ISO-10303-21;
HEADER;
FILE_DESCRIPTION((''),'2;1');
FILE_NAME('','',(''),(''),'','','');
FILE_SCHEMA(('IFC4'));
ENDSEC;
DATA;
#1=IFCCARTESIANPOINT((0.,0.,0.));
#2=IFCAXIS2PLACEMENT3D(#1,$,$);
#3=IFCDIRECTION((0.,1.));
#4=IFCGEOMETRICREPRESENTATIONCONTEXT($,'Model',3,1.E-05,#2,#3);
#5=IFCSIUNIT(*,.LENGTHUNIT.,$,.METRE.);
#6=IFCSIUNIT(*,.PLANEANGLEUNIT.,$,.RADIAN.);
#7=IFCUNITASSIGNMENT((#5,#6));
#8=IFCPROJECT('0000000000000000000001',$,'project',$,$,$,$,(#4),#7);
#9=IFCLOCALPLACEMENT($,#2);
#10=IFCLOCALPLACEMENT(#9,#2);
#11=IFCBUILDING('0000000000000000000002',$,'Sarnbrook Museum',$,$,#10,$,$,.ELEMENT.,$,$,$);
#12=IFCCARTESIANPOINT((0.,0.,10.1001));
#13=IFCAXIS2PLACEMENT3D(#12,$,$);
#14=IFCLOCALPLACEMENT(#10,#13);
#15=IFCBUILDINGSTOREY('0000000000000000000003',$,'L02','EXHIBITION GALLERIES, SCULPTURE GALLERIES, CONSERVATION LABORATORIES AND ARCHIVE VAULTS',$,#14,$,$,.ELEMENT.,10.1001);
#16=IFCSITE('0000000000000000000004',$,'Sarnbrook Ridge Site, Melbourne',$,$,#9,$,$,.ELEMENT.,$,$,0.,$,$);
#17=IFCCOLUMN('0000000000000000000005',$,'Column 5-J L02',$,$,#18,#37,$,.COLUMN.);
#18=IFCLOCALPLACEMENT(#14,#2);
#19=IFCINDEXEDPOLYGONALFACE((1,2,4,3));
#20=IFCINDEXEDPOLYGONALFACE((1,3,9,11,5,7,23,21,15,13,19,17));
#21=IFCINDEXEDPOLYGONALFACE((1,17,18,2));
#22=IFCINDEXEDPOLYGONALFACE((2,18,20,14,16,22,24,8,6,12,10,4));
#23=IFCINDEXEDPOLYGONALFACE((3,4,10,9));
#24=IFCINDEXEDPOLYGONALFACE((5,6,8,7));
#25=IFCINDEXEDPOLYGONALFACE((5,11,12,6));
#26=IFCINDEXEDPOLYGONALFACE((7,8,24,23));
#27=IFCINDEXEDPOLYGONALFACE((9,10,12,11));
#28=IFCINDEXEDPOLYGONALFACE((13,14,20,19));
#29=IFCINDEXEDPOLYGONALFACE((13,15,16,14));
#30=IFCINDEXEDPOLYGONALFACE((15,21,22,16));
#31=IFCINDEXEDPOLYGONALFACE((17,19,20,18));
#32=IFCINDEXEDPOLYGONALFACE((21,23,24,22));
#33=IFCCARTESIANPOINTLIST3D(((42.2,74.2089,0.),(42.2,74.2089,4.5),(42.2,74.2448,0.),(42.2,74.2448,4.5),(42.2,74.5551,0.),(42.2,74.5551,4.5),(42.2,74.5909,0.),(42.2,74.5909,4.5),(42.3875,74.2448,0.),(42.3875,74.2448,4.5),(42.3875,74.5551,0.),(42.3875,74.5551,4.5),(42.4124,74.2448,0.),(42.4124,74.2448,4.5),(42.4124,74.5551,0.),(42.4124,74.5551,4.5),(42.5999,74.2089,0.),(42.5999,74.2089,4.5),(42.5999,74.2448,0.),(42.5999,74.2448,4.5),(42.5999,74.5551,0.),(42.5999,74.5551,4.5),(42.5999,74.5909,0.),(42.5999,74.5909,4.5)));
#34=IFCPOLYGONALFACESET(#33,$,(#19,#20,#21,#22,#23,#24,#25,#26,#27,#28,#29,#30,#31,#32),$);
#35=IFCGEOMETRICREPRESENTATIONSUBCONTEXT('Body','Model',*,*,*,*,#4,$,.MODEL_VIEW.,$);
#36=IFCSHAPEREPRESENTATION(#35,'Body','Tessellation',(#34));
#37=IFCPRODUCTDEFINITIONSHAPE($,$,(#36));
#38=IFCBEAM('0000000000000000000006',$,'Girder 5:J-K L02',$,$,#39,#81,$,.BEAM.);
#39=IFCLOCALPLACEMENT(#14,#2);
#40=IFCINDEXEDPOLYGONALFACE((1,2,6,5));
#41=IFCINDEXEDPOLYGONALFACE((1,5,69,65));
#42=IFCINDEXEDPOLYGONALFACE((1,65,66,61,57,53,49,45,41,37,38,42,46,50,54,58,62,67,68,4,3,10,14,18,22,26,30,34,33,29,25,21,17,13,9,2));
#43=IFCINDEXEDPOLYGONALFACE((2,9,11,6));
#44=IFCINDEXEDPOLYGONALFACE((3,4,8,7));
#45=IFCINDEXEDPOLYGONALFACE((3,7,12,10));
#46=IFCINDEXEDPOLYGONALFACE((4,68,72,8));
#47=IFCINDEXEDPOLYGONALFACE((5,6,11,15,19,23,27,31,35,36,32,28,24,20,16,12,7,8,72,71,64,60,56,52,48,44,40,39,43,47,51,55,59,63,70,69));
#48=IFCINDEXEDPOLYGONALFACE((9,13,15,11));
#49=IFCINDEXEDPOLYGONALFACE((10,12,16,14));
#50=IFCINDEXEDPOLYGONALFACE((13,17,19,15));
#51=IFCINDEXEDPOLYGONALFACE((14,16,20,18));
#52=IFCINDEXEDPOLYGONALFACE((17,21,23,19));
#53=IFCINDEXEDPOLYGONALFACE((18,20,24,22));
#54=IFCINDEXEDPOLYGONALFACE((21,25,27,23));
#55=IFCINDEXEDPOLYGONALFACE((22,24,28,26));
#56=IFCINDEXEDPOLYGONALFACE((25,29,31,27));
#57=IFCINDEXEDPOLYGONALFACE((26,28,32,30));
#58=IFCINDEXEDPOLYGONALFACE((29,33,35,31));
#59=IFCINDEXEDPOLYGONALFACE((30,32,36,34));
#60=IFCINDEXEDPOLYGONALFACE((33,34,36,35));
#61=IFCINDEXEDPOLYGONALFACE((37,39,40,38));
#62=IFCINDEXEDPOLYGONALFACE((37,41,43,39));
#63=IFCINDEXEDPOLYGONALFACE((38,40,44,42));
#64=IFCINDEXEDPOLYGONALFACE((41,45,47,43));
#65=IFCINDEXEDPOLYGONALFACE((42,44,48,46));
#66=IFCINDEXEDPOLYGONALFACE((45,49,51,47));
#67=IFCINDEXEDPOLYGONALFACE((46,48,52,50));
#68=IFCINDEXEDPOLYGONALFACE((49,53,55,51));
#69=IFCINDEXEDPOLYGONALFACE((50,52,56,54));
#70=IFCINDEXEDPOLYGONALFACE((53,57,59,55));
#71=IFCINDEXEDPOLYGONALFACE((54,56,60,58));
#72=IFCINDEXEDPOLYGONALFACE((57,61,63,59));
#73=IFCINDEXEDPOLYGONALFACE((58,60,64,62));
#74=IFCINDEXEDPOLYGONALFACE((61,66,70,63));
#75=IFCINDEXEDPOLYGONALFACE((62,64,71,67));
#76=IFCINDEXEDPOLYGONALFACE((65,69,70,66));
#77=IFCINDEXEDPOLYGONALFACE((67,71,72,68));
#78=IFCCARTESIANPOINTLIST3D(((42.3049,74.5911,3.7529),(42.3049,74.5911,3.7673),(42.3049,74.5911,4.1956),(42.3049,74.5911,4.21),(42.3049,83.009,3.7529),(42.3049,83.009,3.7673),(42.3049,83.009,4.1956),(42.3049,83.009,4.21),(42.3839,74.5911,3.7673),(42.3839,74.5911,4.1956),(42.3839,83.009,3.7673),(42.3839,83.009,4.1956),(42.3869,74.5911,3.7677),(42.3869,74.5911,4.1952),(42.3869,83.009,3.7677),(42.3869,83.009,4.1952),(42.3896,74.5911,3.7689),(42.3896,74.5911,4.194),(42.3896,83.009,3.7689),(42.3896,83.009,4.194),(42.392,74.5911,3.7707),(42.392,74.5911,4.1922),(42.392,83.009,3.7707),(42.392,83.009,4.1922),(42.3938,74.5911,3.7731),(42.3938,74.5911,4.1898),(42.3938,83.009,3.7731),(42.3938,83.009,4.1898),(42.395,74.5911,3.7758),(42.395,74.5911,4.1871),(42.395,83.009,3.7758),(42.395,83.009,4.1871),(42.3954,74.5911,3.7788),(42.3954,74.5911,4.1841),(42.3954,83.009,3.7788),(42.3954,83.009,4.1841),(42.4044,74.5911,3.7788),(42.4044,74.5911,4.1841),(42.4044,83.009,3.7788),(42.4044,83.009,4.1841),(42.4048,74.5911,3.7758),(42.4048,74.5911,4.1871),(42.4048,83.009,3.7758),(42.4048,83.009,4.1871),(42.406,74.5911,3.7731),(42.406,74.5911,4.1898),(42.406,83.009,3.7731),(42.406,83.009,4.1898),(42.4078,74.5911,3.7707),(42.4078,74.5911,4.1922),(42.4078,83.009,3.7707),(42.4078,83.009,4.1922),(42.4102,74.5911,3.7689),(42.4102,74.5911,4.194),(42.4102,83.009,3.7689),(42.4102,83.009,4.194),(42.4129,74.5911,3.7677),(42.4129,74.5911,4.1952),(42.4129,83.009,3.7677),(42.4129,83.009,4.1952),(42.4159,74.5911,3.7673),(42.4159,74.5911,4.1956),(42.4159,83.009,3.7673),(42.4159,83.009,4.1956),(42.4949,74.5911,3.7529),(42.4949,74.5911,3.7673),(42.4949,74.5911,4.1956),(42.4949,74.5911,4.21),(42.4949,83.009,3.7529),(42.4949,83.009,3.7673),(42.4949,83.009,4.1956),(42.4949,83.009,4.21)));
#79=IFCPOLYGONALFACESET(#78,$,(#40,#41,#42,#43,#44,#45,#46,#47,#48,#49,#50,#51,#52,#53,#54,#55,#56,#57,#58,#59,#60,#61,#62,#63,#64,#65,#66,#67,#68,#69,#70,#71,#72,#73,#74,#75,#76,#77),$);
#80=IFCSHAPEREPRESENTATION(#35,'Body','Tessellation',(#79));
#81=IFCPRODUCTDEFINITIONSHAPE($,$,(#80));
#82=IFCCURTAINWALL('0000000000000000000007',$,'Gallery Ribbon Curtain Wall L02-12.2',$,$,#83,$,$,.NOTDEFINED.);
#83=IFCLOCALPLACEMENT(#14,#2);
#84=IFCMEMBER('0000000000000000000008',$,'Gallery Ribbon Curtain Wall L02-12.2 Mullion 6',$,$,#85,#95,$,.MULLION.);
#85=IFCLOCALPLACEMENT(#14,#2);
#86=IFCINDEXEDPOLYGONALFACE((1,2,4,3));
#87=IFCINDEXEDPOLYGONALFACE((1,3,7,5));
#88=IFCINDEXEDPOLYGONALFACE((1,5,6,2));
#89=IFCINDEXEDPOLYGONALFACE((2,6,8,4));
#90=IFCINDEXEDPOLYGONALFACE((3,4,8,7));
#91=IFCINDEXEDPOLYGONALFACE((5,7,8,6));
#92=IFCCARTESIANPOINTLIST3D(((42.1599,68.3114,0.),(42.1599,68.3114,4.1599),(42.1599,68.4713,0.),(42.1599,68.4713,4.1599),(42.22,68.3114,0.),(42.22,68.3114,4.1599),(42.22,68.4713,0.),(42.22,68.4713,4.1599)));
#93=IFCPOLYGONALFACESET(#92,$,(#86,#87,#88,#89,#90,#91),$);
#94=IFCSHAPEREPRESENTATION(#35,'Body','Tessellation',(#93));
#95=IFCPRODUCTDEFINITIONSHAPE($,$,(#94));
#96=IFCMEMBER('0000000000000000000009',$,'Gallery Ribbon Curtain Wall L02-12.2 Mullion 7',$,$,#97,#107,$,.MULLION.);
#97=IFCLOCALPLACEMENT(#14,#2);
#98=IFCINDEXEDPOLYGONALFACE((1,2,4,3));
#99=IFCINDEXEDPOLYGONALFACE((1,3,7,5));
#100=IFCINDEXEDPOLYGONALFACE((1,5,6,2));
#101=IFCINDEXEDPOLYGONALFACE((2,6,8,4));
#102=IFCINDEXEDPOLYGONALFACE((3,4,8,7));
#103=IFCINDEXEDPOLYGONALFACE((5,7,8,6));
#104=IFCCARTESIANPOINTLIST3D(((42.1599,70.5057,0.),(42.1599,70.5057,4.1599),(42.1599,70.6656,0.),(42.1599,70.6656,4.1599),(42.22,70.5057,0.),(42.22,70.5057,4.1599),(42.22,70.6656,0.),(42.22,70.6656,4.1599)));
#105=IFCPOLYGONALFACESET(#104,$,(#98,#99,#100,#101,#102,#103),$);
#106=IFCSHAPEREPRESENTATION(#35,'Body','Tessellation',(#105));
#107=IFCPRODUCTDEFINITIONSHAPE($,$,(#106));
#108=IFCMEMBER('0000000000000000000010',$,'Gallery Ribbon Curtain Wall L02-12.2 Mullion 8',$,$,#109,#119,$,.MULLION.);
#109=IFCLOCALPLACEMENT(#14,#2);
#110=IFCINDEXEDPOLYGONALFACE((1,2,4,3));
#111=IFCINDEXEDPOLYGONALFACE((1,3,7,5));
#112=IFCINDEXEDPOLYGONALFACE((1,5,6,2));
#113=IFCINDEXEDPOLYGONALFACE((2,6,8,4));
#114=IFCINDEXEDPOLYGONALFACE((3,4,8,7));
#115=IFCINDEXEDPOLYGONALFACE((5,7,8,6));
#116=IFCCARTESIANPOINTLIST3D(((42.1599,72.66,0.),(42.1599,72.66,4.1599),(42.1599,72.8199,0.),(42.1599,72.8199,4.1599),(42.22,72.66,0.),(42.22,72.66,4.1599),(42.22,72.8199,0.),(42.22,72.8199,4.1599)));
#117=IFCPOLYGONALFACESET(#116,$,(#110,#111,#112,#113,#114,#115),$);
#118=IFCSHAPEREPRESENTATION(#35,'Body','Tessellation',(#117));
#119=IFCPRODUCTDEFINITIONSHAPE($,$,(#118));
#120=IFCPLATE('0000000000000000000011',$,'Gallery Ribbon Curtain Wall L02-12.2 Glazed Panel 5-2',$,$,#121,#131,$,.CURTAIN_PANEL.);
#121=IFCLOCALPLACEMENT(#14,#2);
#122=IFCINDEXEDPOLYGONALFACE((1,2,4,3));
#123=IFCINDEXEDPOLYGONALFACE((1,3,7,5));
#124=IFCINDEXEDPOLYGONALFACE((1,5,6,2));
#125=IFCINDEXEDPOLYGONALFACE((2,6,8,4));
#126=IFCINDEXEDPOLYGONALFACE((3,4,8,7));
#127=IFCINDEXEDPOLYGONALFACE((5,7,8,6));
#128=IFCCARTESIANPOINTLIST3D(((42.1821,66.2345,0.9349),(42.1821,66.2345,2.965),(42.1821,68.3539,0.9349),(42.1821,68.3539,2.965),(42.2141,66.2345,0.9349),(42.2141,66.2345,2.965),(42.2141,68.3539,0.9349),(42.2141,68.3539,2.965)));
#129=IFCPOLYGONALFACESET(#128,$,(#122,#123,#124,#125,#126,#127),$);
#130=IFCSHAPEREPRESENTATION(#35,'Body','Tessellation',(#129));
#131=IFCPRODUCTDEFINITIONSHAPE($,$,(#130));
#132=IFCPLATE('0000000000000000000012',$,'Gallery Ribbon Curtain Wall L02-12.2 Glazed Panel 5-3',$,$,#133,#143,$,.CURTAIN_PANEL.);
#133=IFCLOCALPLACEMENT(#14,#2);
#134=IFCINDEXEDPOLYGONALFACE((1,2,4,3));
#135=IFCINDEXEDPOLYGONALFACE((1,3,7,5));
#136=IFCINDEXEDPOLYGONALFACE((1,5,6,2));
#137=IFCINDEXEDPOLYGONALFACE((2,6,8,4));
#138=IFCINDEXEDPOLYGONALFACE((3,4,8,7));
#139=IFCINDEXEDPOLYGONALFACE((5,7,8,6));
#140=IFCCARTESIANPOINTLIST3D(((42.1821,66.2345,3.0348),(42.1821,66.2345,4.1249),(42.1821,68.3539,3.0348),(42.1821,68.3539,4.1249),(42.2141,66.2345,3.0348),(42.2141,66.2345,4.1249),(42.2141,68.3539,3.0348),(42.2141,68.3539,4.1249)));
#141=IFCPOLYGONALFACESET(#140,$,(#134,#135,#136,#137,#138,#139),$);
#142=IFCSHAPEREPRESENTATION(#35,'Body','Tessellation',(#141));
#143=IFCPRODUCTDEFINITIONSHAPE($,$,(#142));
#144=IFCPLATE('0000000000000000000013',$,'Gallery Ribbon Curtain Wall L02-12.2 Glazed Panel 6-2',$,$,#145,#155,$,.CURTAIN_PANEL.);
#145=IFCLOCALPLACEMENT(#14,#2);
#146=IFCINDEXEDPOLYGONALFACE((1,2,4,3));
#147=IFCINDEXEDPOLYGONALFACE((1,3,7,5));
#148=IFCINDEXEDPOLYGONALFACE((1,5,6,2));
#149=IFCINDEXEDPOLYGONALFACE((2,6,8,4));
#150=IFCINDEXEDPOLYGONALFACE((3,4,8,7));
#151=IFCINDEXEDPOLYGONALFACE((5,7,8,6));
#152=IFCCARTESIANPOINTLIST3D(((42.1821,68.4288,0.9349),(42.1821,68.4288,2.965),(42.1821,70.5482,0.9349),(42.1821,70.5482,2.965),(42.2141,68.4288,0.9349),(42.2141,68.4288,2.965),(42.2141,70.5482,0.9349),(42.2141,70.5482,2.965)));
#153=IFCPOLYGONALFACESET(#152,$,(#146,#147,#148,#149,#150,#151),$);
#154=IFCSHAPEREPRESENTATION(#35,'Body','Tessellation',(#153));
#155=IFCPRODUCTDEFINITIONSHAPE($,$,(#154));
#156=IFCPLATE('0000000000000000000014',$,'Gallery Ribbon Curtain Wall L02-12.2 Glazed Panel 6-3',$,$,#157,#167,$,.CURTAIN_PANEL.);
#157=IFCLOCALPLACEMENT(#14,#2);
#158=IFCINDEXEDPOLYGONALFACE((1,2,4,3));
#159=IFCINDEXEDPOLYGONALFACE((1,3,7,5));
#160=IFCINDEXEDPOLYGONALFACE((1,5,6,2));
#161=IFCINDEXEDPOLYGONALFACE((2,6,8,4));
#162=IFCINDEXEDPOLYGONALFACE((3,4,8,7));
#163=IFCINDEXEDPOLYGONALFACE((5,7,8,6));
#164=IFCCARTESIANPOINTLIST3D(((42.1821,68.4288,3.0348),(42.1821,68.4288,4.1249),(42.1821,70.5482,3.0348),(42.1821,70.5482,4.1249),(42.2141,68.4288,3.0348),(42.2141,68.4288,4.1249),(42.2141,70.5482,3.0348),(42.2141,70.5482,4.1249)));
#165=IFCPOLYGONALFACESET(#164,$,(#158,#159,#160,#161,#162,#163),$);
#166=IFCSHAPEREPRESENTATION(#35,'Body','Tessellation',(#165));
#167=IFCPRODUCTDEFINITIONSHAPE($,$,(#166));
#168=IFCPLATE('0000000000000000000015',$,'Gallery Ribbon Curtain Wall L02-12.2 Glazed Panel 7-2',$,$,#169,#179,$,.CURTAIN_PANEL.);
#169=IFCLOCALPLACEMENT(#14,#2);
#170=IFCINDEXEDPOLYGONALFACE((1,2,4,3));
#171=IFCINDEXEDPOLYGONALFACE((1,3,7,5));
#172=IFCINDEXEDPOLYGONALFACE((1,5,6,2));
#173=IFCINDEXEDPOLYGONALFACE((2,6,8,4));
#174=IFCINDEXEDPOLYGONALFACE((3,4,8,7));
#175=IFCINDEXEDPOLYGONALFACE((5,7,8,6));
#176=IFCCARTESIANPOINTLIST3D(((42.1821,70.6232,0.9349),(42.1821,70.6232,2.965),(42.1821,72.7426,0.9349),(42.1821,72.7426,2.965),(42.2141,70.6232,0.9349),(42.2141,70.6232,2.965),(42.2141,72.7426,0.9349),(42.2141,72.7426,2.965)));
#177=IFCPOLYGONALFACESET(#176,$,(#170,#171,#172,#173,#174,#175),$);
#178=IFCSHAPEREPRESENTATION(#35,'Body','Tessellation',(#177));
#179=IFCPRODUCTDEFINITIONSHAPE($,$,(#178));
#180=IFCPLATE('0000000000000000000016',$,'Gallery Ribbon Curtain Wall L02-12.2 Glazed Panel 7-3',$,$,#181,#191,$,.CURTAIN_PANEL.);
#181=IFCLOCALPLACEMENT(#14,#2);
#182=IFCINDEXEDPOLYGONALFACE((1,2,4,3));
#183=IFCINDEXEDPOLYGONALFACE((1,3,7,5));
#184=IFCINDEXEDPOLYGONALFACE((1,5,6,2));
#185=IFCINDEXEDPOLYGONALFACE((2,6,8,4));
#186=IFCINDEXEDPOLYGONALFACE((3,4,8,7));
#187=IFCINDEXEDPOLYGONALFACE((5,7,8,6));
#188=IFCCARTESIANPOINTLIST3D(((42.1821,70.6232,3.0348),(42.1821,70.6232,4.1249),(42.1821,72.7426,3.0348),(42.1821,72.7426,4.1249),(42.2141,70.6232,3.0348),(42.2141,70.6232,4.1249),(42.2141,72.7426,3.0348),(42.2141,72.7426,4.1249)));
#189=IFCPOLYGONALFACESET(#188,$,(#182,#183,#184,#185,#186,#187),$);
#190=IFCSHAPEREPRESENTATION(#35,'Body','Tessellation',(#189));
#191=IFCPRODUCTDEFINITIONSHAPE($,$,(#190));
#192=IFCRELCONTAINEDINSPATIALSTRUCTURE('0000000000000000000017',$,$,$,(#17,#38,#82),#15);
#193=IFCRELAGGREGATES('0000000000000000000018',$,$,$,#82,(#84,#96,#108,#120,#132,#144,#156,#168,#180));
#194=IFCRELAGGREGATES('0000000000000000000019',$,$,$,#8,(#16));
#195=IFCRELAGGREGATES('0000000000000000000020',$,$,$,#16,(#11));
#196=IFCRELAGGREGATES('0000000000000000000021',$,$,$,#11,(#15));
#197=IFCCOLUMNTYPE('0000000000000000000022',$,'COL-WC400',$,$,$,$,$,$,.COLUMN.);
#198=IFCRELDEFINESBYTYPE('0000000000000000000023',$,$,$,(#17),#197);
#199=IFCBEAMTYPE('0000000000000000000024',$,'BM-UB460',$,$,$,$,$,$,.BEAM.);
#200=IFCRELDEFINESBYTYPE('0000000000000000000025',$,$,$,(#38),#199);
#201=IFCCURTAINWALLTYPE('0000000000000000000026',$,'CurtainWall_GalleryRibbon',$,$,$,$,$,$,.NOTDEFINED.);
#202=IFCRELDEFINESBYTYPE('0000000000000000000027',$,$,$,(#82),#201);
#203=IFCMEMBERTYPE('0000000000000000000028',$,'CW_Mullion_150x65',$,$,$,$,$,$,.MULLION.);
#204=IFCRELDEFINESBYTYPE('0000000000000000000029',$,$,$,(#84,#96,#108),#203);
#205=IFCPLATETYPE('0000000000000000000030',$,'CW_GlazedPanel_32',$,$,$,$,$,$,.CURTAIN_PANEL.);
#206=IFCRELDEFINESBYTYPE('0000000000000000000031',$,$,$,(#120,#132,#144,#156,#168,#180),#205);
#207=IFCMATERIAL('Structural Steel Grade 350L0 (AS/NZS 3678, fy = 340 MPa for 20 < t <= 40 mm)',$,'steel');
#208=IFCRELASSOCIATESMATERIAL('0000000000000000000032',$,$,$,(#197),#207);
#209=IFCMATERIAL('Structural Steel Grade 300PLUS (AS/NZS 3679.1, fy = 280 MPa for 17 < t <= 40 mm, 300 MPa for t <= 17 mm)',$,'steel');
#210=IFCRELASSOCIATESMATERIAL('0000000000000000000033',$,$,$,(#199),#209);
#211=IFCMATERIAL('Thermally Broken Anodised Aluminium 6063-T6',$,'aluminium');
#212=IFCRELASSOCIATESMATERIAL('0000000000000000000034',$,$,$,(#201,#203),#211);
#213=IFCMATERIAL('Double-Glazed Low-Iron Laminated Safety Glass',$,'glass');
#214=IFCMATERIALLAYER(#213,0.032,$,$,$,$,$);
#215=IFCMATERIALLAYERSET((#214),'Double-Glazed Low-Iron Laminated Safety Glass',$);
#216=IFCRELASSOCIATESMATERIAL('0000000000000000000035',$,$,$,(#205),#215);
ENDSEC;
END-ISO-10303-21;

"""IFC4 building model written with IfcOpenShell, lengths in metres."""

from ifc_helpers import new_model, si_unit, direction, frame, origin, origin_2d, place, context, subcontext, project, spatial, rectangle, i_section, extrude, material, layer, layer_set, material_profile, profile_set, type_object, element, aggregate, save


model = new_model("IFC4")

# Units and contexts
model_context = context("Model", 3, precision=1e-05, world=origin(), true_north=direction((0.0, 1.0)))
body_context = subcontext(model_context, "Body", "Model", "MODEL_VIEW")
ifc_project = project(units=[si_unit("LENGTHUNIT", "METRE"), si_unit("PLANEANGLEUNIT", "RADIAN")], contexts=[model_context])

# Site, building, storey
site_placement = place(None, origin())
site = spatial("IfcSite", under=ifc_project, at=site_placement, Name="Sarnbrook Ridge Site, Melbourne", CompositionType="ELEMENT", RefElevation=0.0)
building_placement = place(site_placement, origin())
building = spatial("IfcBuilding", under=site, at=building_placement, Name="Sarnbrook Museum", CompositionType="ELEMENT")
storey_placement = place(building_placement, frame((0.0, 0.0, 10.1001)))
storey = spatial("IfcBuildingStorey", under=building, at=storey_placement, Name="L02", Description="EXHIBITION GALLERIES, SCULPTURE GALLERIES, CONSERVATION LABORATORIES AND ARCHIVE VAULTS", CompositionType="ELEMENT", Elevation=10.1001)

# Column
ifc_material_1 = material(Name="Structural Steel Grade 350L0 (AS/NZS 3678, fy = 340 MPa for 20 < t <= 40 mm)", Category="steel")
ifc_material_profile_1 = material_profile(ifc_material_1, i_section(OverallWidth=0.3999, OverallDepth=0.3821, WebThickness=0.0249, FlangeThickness=0.0359, at=origin_2d()), Name="400WC270")
ifc_profile_set_1 = profile_set([ifc_material_profile_1], Name="Structural Steel Grade 350L0 (AS/NZS 3678, fy = 340 MPa for 20 < t <= 40 mm)")
column_type = type_object("IfcColumnType", Name="COL-WC400", PredefinedType="COLUMN", material=ifc_profile_set_1)
column_placement = place(storey_placement, frame((42.3999, 74.3999, 0.0), z_axis=(0.0, 0.0, 1.0), x_axis=(1.0, 0.0, 0.0)))
element("IfcColumn", 1, at=column_placement, inside=storey, type_object=column_type, Name="Column 5-J L02", PredefinedType="COLUMN", context=body_context, shape_type="SweptSolid", body=[
    extrude(i_section(OverallWidth=0.3999, OverallDepth=0.3821, WebThickness=0.0249, FlangeThickness=0.0359, at=origin_2d()), origin(), (0.0, 0.0, 1.0), 4.5),
])

# Beam
ifc_material_2 = material(Name="Structural Steel Grade 300PLUS (AS/NZS 3679.1, fy = 280 MPa for 17 < t <= 40 mm, 300 MPa for t <= 17 mm)", Category="steel")
ifc_material_profile_2 = material_profile(ifc_material_2, i_section(OverallWidth=0.1899, OverallDepth=0.457, WebThickness=0.009, FlangeThickness=0.0144, FilletRadius=0.0115, at=origin_2d()), Name="460UB74.6")
ifc_profile_set_2 = profile_set([ifc_material_profile_2], Name="Structural Steel Grade 300PLUS (AS/NZS 3679.1, fy = 280 MPa for 17 < t <= 40 mm, 300 MPa for t <= 17 mm)")
beam_type = type_object("IfcBeamType", Name="BM-UB460", PredefinedType="BEAM", material=ifc_profile_set_2)
beam_placement = place(storey_placement, frame((42.3999, 74.5911, 3.9814), z_axis=(0.0, 1.0, 0.0), x_axis=(-1.0, 0.0, 0.0)))
element("IfcBeam", 2, at=beam_placement, inside=storey, type_object=beam_type, Name="Girder 5:J-K L02", PredefinedType="BEAM", context=body_context, shape_type="SweptSolid", body=[
    extrude(i_section(OverallWidth=0.1899, OverallDepth=0.457, WebThickness=0.009, FlangeThickness=0.0144, FilletRadius=0.0115, at=origin_2d()), origin(), (0.0, 0.0, 1.0), 8.418),
])

# Curtain wall, members, plates
ifc_material_3 = material(Name="Thermally Broken Anodised Aluminium 6063-T6", Category="aluminium")
curtain_wall_type = type_object("IfcCurtainWallType", Name="CurtainWall_GalleryRibbon", PredefinedType="NOTDEFINED", material=ifc_material_3)
curtain_wall_placement = place(storey_placement, origin())
curtain_wall = element("IfcCurtainWall", 3, at=curtain_wall_placement, inside=storey, type_object=curtain_wall_type, Name="Gallery Ribbon Curtain Wall L02-12.2", PredefinedType="NOTDEFINED")
ifc_material_profile_3 = material_profile(ifc_material_3, rectangle(XDim=0.0601, YDim=0.1599, at=origin_2d()), Name="ALU MULLION 60x160")
ifc_profile_set_3 = profile_set([ifc_material_profile_3], Name="Thermally Broken Anodised Aluminium 6063-T6")
member_type = type_object("IfcMemberType", Name="CW_Mullion_150x65", PredefinedType="MULLION", material=ifc_profile_set_3)
member_1_placement = place(storey_placement, frame((42.1899, 68.3914, 0.0), z_axis=(0.0, 0.0, 1.0), x_axis=(1.0, 0.0, 0.0)))
member_1 = element("IfcMember", 4, at=member_1_placement, type_object=member_type, Name="Gallery Ribbon Curtain Wall L02-12.2 Mullion 6", PredefinedType="MULLION", context=body_context, shape_type="SweptSolid", body=[
    extrude(rectangle(XDim=0.0601, YDim=0.1599, at=origin_2d()), origin(), (0.0, 0.0, 1.0), 4.1599),
])
member_2_placement = place(storey_placement, frame((42.1899, 70.5857, 0.0), z_axis=(0.0, 0.0, 1.0), x_axis=(1.0, 0.0, 0.0)))
member_2 = element("IfcMember", 5, at=member_2_placement, type_object=member_type, Name="Gallery Ribbon Curtain Wall L02-12.2 Mullion 7", PredefinedType="MULLION", context=body_context, shape_type="SweptSolid", body=[
    extrude(rectangle(XDim=0.0601, YDim=0.1599, at=origin_2d()), origin(), (0.0, 0.0, 1.0), 4.1599),
])
member_3_placement = place(storey_placement, frame((42.1899, 72.74, 0.0), z_axis=(0.0, 0.0, 1.0), x_axis=(1.0, 0.0, 0.0)))
member_3 = element("IfcMember", 6, at=member_3_placement, type_object=member_type, Name="Gallery Ribbon Curtain Wall L02-12.2 Mullion 8", PredefinedType="MULLION", context=body_context, shape_type="SweptSolid", body=[
    extrude(rectangle(XDim=0.0601, YDim=0.1599, at=origin_2d()), origin(), (0.0, 0.0, 1.0), 4.1599),
])
ifc_material_4 = material(Name="Double-Glazed Low-Iron Laminated Safety Glass", Category="glass")
ifc_layer_1 = layer(ifc_material_4, 0.032)
ifc_layer_set_1 = layer_set([ifc_layer_1], Name="Double-Glazed Low-Iron Laminated Safety Glass")
plate_type_1 = type_object("IfcPlateType", Name="CW_GlazedPanel_32", PredefinedType="CURTAIN_PANEL", material=ifc_layer_set_1)
plate_1_placement = place(storey_placement, frame((42.1821, 67.2942, 1.95), z_axis=(1.0, 0.0, 0.0), x_axis=(0.0, 1.0, 0.0)))
plate_1 = element("IfcPlate", 7, at=plate_1_placement, type_object=plate_type_1, Name="Gallery Ribbon Curtain Wall L02-12.2 Glazed Panel 5-2", PredefinedType="CURTAIN_PANEL", context=body_context, shape_type="SweptSolid", body=[
    extrude(rectangle(XDim=2.1194, YDim=2.03, at=origin_2d()), origin(), (0.0, 0.0, 1.0), 0.032),
])
plate_2_placement = place(storey_placement, frame((42.1821, 67.2942, 3.5798), z_axis=(1.0, 0.0, 0.0), x_axis=(0.0, 1.0, 0.0)))
plate_2 = element("IfcPlate", 8, at=plate_2_placement, type_object=plate_type_1, Name="Gallery Ribbon Curtain Wall L02-12.2 Glazed Panel 5-3", PredefinedType="CURTAIN_PANEL", context=body_context, shape_type="SweptSolid", body=[
    extrude(rectangle(XDim=2.1194, YDim=1.0901, at=origin_2d()), origin(), (0.0, 0.0, 1.0), 0.032),
])
plate_3_placement = place(storey_placement, frame((42.1821, 69.4885, 1.95), z_axis=(1.0, 0.0, 0.0), x_axis=(0.0, 1.0, 0.0)))
plate_3 = element("IfcPlate", 9, at=plate_3_placement, type_object=plate_type_1, Name="Gallery Ribbon Curtain Wall L02-12.2 Glazed Panel 6-2", PredefinedType="CURTAIN_PANEL", context=body_context, shape_type="SweptSolid", body=[
    extrude(rectangle(XDim=2.1194, YDim=2.03, at=origin_2d()), origin(), (0.0, 0.0, 1.0), 0.032),
])
plate_4_placement = place(storey_placement, frame((42.1821, 69.4885, 3.5798), z_axis=(1.0, 0.0, 0.0), x_axis=(0.0, 1.0, 0.0)))
plate_4 = element("IfcPlate", 10, at=plate_4_placement, type_object=plate_type_1, Name="Gallery Ribbon Curtain Wall L02-12.2 Glazed Panel 6-3", PredefinedType="CURTAIN_PANEL", context=body_context, shape_type="SweptSolid", body=[
    extrude(rectangle(XDim=2.1194, YDim=1.0901, at=origin_2d()), origin(), (0.0, 0.0, 1.0), 0.032),
])
plate_5_placement = place(storey_placement, frame((42.1821, 71.6829, 1.95), z_axis=(1.0, 0.0, 0.0), x_axis=(0.0, 1.0, 0.0)))
plate_5 = element("IfcPlate", 11, at=plate_5_placement, type_object=plate_type_1, Name="Gallery Ribbon Curtain Wall L02-12.2 Glazed Panel 7-2", PredefinedType="CURTAIN_PANEL", context=body_context, shape_type="SweptSolid", body=[
    extrude(rectangle(XDim=2.1194, YDim=2.03, at=origin_2d()), origin(), (0.0, 0.0, 1.0), 0.032),
])
plate_6_placement = place(storey_placement, frame((42.1821, 71.6829, 3.5798), z_axis=(1.0, 0.0, 0.0), x_axis=(0.0, 1.0, 0.0)))
plate_6 = element("IfcPlate", 12, at=plate_6_placement, type_object=plate_type_1, Name="Gallery Ribbon Curtain Wall L02-12.2 Glazed Panel 7-3", PredefinedType="CURTAIN_PANEL", context=body_context, shape_type="SweptSolid", body=[
    extrude(rectangle(XDim=2.1194, YDim=1.0901, at=origin_2d()), origin(), (0.0, 0.0, 1.0), 0.032),
])
aggregate(curtain_wall, [member_1, member_2, member_3, plate_1, plate_2, plate_3, plate_4, plate_5, plate_6])

save(model, "model.ifc")
